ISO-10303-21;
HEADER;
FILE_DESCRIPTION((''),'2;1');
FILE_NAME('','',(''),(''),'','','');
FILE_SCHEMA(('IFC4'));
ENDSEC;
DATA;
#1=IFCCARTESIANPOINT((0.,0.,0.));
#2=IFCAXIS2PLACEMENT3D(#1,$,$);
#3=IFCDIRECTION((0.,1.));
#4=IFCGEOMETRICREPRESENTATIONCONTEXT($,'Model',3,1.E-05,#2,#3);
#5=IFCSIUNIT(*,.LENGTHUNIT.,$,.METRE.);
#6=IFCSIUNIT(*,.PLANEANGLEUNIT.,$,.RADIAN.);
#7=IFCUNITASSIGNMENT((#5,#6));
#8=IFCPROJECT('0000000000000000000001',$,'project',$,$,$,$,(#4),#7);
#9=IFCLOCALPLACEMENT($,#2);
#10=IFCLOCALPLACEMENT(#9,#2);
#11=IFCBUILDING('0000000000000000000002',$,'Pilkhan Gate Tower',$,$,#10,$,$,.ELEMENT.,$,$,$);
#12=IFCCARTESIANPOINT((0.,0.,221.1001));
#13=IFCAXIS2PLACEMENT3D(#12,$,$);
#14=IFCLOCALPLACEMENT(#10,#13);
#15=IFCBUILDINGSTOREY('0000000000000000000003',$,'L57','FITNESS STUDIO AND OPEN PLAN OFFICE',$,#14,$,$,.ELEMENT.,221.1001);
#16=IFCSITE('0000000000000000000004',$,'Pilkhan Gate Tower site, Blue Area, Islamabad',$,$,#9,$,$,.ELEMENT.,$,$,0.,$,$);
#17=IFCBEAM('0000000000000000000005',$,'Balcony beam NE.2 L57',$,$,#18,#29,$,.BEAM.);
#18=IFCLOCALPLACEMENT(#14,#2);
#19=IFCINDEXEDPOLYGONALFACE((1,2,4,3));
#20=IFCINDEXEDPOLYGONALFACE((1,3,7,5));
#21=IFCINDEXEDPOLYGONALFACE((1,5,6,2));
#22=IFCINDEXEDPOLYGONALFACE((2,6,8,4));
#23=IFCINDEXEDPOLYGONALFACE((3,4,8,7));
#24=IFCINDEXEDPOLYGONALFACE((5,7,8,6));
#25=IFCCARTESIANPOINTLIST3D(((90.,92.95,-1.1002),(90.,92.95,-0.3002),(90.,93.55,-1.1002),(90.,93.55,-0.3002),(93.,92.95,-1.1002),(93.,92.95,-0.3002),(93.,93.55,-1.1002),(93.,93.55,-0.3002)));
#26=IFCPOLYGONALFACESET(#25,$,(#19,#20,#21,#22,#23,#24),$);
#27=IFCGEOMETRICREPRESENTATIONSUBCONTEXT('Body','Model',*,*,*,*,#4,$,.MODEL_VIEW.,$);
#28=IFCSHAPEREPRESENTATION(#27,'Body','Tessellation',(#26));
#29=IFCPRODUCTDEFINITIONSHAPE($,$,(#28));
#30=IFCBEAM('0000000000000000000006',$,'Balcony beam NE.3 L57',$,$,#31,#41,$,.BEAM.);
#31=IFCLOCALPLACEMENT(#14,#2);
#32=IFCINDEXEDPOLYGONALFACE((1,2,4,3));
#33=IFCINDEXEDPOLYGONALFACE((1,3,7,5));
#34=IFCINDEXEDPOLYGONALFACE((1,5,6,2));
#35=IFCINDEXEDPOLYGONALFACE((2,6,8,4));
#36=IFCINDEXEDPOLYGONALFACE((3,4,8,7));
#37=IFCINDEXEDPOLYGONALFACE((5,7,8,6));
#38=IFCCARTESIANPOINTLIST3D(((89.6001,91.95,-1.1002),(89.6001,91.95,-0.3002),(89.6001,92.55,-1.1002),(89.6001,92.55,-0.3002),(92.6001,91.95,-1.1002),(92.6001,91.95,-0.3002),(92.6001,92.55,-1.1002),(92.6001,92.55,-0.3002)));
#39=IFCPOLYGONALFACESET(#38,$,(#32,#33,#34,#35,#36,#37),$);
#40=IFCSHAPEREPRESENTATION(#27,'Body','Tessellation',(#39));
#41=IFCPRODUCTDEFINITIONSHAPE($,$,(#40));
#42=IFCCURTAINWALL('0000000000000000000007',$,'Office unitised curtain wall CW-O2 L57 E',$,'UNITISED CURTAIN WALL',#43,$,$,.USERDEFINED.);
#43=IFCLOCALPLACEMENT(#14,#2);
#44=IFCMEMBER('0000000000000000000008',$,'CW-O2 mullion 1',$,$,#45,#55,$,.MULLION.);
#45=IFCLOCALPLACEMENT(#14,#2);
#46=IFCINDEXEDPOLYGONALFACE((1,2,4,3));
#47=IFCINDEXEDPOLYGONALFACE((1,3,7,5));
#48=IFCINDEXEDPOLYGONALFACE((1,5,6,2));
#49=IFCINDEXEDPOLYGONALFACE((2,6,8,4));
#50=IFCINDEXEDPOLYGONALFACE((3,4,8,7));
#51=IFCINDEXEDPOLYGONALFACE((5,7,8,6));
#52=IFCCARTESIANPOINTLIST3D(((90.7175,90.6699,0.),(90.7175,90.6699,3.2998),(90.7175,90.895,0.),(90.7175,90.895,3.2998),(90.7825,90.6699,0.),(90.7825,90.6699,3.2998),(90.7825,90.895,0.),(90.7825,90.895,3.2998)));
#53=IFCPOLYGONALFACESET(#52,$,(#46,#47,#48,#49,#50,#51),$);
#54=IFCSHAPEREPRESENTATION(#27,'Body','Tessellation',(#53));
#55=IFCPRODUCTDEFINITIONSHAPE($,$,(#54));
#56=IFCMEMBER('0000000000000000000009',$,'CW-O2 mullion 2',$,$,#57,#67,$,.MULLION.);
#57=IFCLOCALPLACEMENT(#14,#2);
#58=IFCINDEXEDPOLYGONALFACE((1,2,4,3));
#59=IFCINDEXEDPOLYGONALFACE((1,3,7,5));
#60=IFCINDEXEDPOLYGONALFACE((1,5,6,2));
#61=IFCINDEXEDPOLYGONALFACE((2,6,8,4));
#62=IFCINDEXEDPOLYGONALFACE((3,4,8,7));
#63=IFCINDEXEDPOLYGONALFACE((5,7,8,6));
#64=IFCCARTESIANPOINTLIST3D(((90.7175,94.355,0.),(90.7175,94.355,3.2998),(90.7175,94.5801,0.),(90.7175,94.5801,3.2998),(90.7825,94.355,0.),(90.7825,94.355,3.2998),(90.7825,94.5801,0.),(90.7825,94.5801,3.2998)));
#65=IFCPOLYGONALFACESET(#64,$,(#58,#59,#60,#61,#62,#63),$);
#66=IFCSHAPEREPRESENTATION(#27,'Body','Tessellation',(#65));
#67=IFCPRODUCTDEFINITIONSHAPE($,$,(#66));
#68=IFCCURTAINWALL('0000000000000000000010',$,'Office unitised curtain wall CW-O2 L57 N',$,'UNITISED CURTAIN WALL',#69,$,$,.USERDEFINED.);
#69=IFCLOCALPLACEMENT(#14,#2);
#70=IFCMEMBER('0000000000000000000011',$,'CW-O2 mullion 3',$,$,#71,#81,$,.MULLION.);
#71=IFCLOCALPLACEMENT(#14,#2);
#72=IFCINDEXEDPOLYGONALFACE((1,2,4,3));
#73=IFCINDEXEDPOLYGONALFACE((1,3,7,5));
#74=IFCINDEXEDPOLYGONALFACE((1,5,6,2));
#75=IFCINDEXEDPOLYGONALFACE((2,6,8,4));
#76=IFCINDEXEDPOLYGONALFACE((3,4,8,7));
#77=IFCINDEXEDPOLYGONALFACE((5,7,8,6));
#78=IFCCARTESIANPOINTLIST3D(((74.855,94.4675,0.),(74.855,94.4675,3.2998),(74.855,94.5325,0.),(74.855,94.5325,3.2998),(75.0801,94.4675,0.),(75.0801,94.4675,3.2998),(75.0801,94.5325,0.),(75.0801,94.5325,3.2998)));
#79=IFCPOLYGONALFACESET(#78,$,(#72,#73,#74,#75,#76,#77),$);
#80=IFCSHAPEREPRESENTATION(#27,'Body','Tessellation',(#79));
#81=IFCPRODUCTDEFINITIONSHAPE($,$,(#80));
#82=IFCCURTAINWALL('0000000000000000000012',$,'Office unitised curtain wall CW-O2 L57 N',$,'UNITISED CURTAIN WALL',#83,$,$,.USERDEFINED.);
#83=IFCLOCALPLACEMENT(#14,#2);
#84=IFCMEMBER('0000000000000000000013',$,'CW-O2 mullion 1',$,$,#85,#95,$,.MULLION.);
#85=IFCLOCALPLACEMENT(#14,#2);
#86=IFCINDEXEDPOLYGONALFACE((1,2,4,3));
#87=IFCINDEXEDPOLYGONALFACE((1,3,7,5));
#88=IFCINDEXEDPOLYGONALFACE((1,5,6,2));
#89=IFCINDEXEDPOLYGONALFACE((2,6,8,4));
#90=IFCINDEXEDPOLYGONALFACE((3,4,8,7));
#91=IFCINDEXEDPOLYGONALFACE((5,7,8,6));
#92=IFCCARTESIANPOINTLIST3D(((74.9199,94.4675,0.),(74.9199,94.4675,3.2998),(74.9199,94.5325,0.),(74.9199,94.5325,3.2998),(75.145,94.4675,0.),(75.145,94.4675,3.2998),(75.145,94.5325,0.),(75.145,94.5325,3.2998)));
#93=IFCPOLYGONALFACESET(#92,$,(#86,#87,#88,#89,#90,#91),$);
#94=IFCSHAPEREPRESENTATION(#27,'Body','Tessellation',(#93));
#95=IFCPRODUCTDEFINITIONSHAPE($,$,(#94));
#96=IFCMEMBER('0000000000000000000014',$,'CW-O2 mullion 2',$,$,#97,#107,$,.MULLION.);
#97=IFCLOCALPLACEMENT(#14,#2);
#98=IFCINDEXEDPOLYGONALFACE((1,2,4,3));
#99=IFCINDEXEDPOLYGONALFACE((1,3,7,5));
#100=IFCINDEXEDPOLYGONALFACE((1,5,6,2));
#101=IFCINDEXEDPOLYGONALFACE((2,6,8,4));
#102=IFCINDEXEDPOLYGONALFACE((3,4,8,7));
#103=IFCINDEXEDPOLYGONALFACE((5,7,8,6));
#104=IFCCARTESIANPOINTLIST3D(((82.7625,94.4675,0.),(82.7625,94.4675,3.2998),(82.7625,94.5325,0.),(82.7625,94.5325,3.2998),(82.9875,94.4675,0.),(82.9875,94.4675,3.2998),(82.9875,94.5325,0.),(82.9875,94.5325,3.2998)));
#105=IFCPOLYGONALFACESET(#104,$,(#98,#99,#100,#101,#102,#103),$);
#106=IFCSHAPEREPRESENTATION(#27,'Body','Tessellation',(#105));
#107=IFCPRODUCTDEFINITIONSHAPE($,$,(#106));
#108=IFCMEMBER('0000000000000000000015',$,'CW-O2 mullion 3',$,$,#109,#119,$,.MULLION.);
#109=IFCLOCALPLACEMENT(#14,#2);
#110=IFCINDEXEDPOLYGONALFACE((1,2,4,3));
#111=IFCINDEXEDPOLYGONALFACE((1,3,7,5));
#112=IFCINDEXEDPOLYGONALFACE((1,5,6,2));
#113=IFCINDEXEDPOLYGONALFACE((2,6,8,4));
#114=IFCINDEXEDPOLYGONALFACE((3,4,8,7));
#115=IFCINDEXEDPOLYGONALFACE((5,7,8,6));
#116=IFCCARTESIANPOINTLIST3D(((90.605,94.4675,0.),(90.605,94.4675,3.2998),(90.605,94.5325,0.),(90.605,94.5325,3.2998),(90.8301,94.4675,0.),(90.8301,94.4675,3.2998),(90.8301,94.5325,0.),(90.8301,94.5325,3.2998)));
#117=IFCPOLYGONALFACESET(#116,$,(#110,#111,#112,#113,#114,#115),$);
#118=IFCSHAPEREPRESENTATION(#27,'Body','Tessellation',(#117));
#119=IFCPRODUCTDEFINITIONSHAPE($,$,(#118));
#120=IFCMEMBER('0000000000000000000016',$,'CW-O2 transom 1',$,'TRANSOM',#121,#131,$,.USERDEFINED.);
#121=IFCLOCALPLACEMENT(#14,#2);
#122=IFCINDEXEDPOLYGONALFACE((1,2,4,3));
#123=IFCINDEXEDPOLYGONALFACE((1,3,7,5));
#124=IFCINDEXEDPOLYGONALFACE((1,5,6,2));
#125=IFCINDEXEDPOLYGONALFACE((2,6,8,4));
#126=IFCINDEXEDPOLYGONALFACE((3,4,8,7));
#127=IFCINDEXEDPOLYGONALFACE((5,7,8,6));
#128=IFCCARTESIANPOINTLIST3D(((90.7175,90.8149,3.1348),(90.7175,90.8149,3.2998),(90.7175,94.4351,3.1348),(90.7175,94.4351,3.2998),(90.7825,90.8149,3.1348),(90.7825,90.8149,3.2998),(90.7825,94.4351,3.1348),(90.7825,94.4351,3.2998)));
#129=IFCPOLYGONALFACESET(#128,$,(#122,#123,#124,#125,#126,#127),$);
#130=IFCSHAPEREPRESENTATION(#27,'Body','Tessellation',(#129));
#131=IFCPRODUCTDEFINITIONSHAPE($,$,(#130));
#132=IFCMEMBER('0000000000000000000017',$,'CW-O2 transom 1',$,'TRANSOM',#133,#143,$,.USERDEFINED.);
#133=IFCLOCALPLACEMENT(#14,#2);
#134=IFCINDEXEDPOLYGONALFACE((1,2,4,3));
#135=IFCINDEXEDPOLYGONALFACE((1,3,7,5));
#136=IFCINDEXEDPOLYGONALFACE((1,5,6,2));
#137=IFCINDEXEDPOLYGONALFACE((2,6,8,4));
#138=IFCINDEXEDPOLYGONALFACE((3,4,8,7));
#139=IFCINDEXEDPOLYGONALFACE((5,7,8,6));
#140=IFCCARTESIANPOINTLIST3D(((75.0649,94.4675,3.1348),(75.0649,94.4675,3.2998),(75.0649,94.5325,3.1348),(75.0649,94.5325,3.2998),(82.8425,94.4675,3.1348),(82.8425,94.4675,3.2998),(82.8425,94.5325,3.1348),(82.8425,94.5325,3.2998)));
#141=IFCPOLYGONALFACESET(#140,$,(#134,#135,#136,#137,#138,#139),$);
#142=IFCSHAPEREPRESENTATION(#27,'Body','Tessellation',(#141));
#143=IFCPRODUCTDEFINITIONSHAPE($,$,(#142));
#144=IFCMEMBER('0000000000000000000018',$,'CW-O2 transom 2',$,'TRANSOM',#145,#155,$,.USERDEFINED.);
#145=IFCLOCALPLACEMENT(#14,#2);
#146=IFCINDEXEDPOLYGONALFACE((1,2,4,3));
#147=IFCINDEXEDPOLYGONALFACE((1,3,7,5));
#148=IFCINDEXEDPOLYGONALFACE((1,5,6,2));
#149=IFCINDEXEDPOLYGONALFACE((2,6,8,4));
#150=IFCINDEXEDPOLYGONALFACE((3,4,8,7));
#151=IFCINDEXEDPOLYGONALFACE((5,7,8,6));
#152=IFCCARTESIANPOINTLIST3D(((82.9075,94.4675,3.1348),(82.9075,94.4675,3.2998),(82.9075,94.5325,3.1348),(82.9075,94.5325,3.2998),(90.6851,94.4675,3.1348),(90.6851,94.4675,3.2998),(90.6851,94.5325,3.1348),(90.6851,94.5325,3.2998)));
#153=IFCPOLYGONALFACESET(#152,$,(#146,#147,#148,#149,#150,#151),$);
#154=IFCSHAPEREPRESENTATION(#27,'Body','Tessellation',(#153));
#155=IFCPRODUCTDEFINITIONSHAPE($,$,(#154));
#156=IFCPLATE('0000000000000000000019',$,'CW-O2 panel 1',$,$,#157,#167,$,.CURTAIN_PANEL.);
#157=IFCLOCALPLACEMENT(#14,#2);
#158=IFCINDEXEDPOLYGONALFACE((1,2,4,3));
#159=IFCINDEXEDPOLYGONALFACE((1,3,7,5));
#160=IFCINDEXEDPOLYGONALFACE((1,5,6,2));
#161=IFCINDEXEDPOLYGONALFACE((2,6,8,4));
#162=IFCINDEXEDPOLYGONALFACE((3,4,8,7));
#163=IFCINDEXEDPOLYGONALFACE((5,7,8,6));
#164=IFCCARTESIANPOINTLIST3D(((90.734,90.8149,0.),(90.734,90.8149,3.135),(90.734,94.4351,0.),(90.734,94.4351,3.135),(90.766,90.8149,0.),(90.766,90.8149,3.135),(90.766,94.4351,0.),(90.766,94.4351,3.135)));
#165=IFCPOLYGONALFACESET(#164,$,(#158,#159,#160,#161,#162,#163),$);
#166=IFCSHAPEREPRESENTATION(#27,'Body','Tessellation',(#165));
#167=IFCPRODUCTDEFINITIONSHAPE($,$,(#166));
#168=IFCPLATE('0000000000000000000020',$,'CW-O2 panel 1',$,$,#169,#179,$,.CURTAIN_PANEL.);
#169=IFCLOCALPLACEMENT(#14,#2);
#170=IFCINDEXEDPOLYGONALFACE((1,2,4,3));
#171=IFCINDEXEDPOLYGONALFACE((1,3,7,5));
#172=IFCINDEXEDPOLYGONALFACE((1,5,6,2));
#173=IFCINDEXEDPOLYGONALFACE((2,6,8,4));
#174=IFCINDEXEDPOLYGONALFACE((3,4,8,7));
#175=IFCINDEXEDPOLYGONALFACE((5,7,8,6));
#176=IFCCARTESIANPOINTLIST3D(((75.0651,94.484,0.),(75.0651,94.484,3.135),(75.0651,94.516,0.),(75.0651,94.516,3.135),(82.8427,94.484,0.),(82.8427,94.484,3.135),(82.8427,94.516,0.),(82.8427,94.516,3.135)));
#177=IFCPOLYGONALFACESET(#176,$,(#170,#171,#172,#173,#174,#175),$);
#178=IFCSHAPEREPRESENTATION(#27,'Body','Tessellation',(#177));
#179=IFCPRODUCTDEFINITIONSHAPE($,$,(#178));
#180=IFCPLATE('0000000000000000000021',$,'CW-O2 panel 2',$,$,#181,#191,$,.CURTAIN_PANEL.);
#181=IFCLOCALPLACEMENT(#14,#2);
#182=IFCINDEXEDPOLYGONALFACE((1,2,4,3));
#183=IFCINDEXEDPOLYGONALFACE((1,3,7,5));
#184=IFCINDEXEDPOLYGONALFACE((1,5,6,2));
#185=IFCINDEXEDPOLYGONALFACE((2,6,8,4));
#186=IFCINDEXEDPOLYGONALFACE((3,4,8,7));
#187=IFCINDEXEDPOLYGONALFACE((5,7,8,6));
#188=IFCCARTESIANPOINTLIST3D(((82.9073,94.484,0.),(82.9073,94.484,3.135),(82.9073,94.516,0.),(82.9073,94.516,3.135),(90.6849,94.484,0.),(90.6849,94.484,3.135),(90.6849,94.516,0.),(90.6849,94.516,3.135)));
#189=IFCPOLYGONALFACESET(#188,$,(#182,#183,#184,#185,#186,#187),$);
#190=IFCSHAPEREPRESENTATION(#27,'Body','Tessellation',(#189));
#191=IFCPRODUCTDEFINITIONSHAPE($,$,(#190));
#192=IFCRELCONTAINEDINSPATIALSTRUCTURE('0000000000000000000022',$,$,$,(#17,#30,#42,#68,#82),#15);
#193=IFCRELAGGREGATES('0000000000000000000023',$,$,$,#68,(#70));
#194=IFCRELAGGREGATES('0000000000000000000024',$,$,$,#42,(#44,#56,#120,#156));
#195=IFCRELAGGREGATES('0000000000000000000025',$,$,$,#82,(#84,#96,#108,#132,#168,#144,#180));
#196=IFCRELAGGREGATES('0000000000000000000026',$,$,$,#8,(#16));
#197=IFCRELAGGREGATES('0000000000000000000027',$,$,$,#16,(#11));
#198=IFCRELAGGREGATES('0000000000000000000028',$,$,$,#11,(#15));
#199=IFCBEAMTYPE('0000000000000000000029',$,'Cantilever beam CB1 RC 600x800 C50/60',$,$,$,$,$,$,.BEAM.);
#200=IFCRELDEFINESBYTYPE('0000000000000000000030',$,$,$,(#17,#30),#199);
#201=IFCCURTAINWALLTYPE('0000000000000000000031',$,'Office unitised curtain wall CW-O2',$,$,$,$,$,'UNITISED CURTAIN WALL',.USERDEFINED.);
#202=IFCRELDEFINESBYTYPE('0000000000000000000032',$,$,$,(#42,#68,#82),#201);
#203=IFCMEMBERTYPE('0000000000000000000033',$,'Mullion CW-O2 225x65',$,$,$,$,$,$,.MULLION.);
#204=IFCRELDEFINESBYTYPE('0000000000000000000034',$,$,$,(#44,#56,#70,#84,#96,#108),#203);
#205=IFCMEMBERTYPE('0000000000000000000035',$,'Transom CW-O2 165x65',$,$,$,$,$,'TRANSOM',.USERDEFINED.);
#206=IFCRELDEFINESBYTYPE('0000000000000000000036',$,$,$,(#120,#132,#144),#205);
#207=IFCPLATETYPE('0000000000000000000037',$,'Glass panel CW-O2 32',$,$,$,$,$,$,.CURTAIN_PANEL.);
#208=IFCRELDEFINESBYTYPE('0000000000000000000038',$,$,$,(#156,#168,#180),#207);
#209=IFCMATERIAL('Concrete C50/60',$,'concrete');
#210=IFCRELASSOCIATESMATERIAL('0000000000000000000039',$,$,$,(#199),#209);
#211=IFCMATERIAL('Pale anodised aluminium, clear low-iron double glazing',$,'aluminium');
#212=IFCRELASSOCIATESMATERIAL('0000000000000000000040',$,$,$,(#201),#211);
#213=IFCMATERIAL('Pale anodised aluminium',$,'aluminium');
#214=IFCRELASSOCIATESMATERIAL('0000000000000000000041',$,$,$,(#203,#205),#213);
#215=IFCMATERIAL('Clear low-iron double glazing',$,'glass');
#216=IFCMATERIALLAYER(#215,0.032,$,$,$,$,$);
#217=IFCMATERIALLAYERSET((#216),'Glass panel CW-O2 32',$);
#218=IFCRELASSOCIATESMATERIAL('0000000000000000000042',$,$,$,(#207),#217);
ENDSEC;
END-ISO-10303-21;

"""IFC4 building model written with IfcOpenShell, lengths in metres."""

from ifc_helpers import new_model, si_unit, direction, frame, origin, origin_2d, place, context, subcontext, project, spatial, rectangle, extrude, material, layer, layer_set, material_profile, profile_set, type_object, element, aggregate, save


model = new_model("IFC4")

# Units and contexts
model_context = context("Model", 3, precision=1e-05, world=origin(), true_north=direction((0.0, 1.0)))
body_context = subcontext(model_context, "Body", "Model", "MODEL_VIEW")
ifc_project = project(units=[si_unit("LENGTHUNIT", "METRE"), si_unit("PLANEANGLEUNIT", "RADIAN")], contexts=[model_context])

# Site, building, storey
site_placement = place(None, origin())
site = spatial("IfcSite", under=ifc_project, at=site_placement, Name="Pilkhan Gate Tower site, Blue Area, Islamabad", CompositionType="ELEMENT", RefElevation=0.0)
building_placement = place(site_placement, origin())
building = spatial("IfcBuilding", under=site, at=building_placement, Name="Pilkhan Gate Tower", CompositionType="ELEMENT")
storey_placement = place(building_placement, frame((0.0, 0.0, 221.1001)))
storey = spatial("IfcBuildingStorey", under=building, at=storey_placement, Name="L57", Description="FITNESS STUDIO AND OPEN PLAN OFFICE", CompositionType="ELEMENT", Elevation=221.1001)

# Beams
ifc_material_1 = material(Name="Concrete C50/60", Category="concrete")
ifc_material_profile_1 = material_profile(ifc_material_1, rectangle(XDim=0.6001, YDim=0.8, at=origin_2d()), Name="RC 600x800")
ifc_profile_set_1 = profile_set([ifc_material_profile_1], Name="Concrete C50/60")
beam_type = type_object("IfcBeamType", Name="Cantilever beam CB1 RC 600x800 C50/60", PredefinedType="BEAM", material=ifc_profile_set_1)
for number, where, z_axis, x_axis, name in (
    (1, (90.0, 93.25, -0.7002), (1.0, 0.0, 0.0), (0.0, 1.0, 0.0), "Balcony beam NE.2 L57"),
    (2, (89.6001, 92.25, -0.7002), (1.0, 0.0, 0.0), (0.0, 1.0, 0.0), "Balcony beam NE.3 L57"),
):
    element("IfcBeam", number, at=place(storey_placement, frame(where, z_axis=z_axis, x_axis=x_axis)), inside=storey, type_object=beam_type, Name=name, PredefinedType="BEAM", context=body_context, shape_type="SweptSolid", body=[
        extrude(rectangle(XDim=0.6001, YDim=0.8, at=origin_2d()), origin(), (0.0, 0.0, 1.0), 3.0),
    ])

# Curtain wall, members
ifc_material_2 = material(Name="Pale anodised aluminium, clear low-iron double glazing", Category="aluminium")
curtain_wall_type = type_object("IfcCurtainWallType", Name="Office unitised curtain wall CW-O2", ElementType="UNITISED CURTAIN WALL", PredefinedType="USERDEFINED", material=ifc_material_2)
curtain_wall_1_placement = place(storey_placement, origin())
curtain_wall_1 = element("IfcCurtainWall", 3, at=curtain_wall_1_placement, inside=storey, type_object=curtain_wall_type, Name="Office unitised curtain wall CW-O2 L57 E", ObjectType="UNITISED CURTAIN WALL", PredefinedType="USERDEFINED")
ifc_material_3 = material(Name="Pale anodised aluminium", Category="aluminium")
ifc_material_profile_2 = material_profile(ifc_material_3, rectangle(XDim=0.0649, YDim=0.2251, at=origin_2d()), Name="Mullion 225x65")
ifc_profile_set_2 = profile_set([ifc_material_profile_2], Name="Pale anodised aluminium")
member_type_1 = type_object("IfcMemberType", Name="Mullion CW-O2 225x65", PredefinedType="MULLION", material=ifc_profile_set_2)
member_1_placement = place(storey_placement, frame((90.75, 90.7825, 0.0), z_axis=(0.0, 0.0, 1.0), x_axis=(-1.0, 0.0, 0.0)))
member_1 = element("IfcMember", 4, at=member_1_placement, type_object=member_type_1, Name="CW-O2 mullion 1", PredefinedType="MULLION", context=body_context, shape_type="SweptSolid", body=[
    extrude(rectangle(XDim=0.0649, YDim=0.2251, at=origin_2d()), origin(), (0.0, 0.0, 1.0), 3.2998),
])
member_2_placement = place(storey_placement, frame((90.75, 94.4675, 0.0), z_axis=(0.0, 0.0, 1.0), x_axis=(-1.0, 0.0, 0.0)))
member_2 = element("IfcMember", 5, at=member_2_placement, type_object=member_type_1, Name="CW-O2 mullion 2", PredefinedType="MULLION", context=body_context, shape_type="SweptSolid", body=[
    extrude(rectangle(XDim=0.0649, YDim=0.2251, at=origin_2d()), origin(), (0.0, 0.0, 1.0), 3.2998),
])

# Curtain wall, member
curtain_wall_2_placement = place(storey_placement, origin())
curtain_wall_2 = element("IfcCurtainWall", 6, at=curtain_wall_2_placement, inside=storey, type_object=curtain_wall_type, Name="Office unitised curtain wall CW-O2 L57 N", ObjectType="UNITISED CURTAIN WALL", PredefinedType="USERDEFINED")
member_3_placement = place(storey_placement, frame((74.9675, 94.5, 0.0), z_axis=(0.0, 0.0, 1.0), x_axis=(0.0, 1.0, 0.0)))
member_3 = element("IfcMember", 7, at=member_3_placement, type_object=member_type_1, Name="CW-O2 mullion 3", PredefinedType="MULLION", context=body_context, shape_type="SweptSolid", body=[
    extrude(rectangle(XDim=0.0649, YDim=0.2251, at=origin_2d()), origin(), (0.0, 0.0, 1.0), 3.2998),
])
aggregate(curtain_wall_2, [member_3])

# Curtain wall, members
curtain_wall_3_placement = place(storey_placement, origin())
curtain_wall_3 = element("IfcCurtainWall", 8, at=curtain_wall_3_placement, inside=storey, type_object=curtain_wall_type, Name="Office unitised curtain wall CW-O2 L57 N", ObjectType="UNITISED CURTAIN WALL", PredefinedType="USERDEFINED")
member_4_placement = place(storey_placement, frame((75.0325, 94.5, 0.0), z_axis=(0.0, 0.0, 1.0), x_axis=(0.0, 1.0, 0.0)))
member_4 = element("IfcMember", 9, at=member_4_placement, type_object=member_type_1, Name="CW-O2 mullion 1", PredefinedType="MULLION", context=body_context, shape_type="SweptSolid", body=[
    extrude(rectangle(XDim=0.0649, YDim=0.2251, at=origin_2d()), origin(), (0.0, 0.0, 1.0), 3.2998),
])
member_5_placement = place(storey_placement, frame((82.875, 94.5, 0.0), z_axis=(0.0, 0.0, 1.0), x_axis=(0.0, 1.0, 0.0)))
member_5 = element("IfcMember", 10, at=member_5_placement, type_object=member_type_1, Name="CW-O2 mullion 2", PredefinedType="MULLION", context=body_context, shape_type="SweptSolid", body=[
    extrude(rectangle(XDim=0.0649, YDim=0.2251, at=origin_2d()), origin(), (0.0, 0.0, 1.0), 3.2998),
])
member_6_placement = place(storey_placement, frame((90.7175, 94.5, 0.0), z_axis=(0.0, 0.0, 1.0), x_axis=(0.0, 1.0, 0.0)))
member_6 = element("IfcMember", 11, at=member_6_placement, type_object=member_type_1, Name="CW-O2 mullion 3", PredefinedType="MULLION", context=body_context, shape_type="SweptSolid", body=[
    extrude(rectangle(XDim=0.0649, YDim=0.2251, at=origin_2d()), origin(), (0.0, 0.0, 1.0), 3.2998),
])

# Members
ifc_material_profile_3 = material_profile(ifc_material_3, rectangle(XDim=0.0649, YDim=0.165, at=origin_2d()), Name="Transom 165x65")
ifc_profile_set_3 = profile_set([ifc_material_profile_3], Name="Pale anodised aluminium")
member_type_2 = type_object("IfcMemberType", Name="Transom CW-O2 165x65", ElementType="TRANSOM", PredefinedType="USERDEFINED", material=ifc_profile_set_3)
member_7_placement = place(storey_placement, frame((90.75, 90.8149, 3.2173), z_axis=(0.0, 1.0, 0.0), x_axis=(-1.0, 0.0, 0.0)))
member_7 = element("IfcMember", 12, at=member_7_placement, type_object=member_type_2, Name="CW-O2 transom 1", ObjectType="TRANSOM", PredefinedType="USERDEFINED", context=body_context, shape_type="SweptSolid", body=[
    extrude(rectangle(XDim=0.0649, YDim=0.165, at=origin_2d()), origin(), (0.0, 0.0, 1.0), 3.6201),
])
member_8_placement = place(storey_placement, frame((75.0649, 94.5, 3.2173), z_axis=(1.0, 0.0, 0.0), x_axis=(0.0, 1.0, 0.0)))
member_8 = element("IfcMember", 13, at=member_8_placement, type_object=member_type_2, Name="CW-O2 transom 1", ObjectType="TRANSOM", PredefinedType="USERDEFINED", context=body_context, shape_type="SweptSolid", body=[
    extrude(rectangle(XDim=0.0649, YDim=0.165, at=origin_2d()), origin(), (0.0, 0.0, 1.0), 7.7776),
])
member_9_placement = place(storey_placement, frame((82.9075, 94.5, 3.2173), z_axis=(1.0, 0.0, 0.0), x_axis=(0.0, 1.0, 0.0)))
member_9 = element("IfcMember", 14, at=member_9_placement, type_object=member_type_2, Name="CW-O2 transom 2", ObjectType="TRANSOM", PredefinedType="USERDEFINED", context=body_context, shape_type="SweptSolid", body=[
    extrude(rectangle(XDim=0.0649, YDim=0.165, at=origin_2d()), origin(), (0.0, 0.0, 1.0), 7.7776),
])

# Plates
ifc_material_4 = material(Name="Clear low-iron double glazing", Category="glass")
ifc_layer_1 = layer(ifc_material_4, 0.032)
ifc_layer_set_1 = layer_set([ifc_layer_1], Name="Glass panel CW-O2 32")
plate_type = type_object("IfcPlateType", Name="Glass panel CW-O2 32", PredefinedType="CURTAIN_PANEL", material=ifc_layer_set_1)
plate_1_placement = place(storey_placement, frame((90.75, 92.625, 0.0), z_axis=(0.0, 0.0, 1.0), x_axis=(0.0, 1.0, 0.0)))
plate_1 = element("IfcPlate", 15, at=plate_1_placement, type_object=plate_type, Name="CW-O2 panel 1", PredefinedType="CURTAIN_PANEL", context=body_context, shape_type="SweptSolid", body=[
    extrude(rectangle(XDim=3.6201, YDim=0.032, at=origin_2d()), origin(), (0.0, 0.0, 1.0), 3.135),
])
aggregate(curtain_wall_1, [member_1, member_2, member_7, plate_1])
plate_2_placement = place(storey_placement, frame((78.9539, 94.5, 0.0), z_axis=(0.0, 0.0, 1.0), x_axis=(1.0, 0.0, 0.0)))
plate_2 = element("IfcPlate", 16, at=plate_2_placement, type_object=plate_type, Name="CW-O2 panel 1", PredefinedType="CURTAIN_PANEL", context=body_context, shape_type="SweptSolid", body=[
    extrude(rectangle(XDim=7.7776, YDim=0.032, at=origin_2d()), origin(), (0.0, 0.0, 1.0), 3.135),
])
plate_3_placement = place(storey_placement, frame((86.7961, 94.5, 0.0), z_axis=(0.0, 0.0, 1.0), x_axis=(1.0, 0.0, 0.0)))
plate_3 = element("IfcPlate", 17, at=plate_3_placement, type_object=plate_type, Name="CW-O2 panel 2", PredefinedType="CURTAIN_PANEL", context=body_context, shape_type="SweptSolid", body=[
    extrude(rectangle(XDim=7.7776, YDim=0.032, at=origin_2d()), origin(), (0.0, 0.0, 1.0), 3.135),
])
aggregate(curtain_wall_3, [member_4, member_5, member_6, member_8, plate_2, member_9, plate_3])

save(model, "model.ifc")
